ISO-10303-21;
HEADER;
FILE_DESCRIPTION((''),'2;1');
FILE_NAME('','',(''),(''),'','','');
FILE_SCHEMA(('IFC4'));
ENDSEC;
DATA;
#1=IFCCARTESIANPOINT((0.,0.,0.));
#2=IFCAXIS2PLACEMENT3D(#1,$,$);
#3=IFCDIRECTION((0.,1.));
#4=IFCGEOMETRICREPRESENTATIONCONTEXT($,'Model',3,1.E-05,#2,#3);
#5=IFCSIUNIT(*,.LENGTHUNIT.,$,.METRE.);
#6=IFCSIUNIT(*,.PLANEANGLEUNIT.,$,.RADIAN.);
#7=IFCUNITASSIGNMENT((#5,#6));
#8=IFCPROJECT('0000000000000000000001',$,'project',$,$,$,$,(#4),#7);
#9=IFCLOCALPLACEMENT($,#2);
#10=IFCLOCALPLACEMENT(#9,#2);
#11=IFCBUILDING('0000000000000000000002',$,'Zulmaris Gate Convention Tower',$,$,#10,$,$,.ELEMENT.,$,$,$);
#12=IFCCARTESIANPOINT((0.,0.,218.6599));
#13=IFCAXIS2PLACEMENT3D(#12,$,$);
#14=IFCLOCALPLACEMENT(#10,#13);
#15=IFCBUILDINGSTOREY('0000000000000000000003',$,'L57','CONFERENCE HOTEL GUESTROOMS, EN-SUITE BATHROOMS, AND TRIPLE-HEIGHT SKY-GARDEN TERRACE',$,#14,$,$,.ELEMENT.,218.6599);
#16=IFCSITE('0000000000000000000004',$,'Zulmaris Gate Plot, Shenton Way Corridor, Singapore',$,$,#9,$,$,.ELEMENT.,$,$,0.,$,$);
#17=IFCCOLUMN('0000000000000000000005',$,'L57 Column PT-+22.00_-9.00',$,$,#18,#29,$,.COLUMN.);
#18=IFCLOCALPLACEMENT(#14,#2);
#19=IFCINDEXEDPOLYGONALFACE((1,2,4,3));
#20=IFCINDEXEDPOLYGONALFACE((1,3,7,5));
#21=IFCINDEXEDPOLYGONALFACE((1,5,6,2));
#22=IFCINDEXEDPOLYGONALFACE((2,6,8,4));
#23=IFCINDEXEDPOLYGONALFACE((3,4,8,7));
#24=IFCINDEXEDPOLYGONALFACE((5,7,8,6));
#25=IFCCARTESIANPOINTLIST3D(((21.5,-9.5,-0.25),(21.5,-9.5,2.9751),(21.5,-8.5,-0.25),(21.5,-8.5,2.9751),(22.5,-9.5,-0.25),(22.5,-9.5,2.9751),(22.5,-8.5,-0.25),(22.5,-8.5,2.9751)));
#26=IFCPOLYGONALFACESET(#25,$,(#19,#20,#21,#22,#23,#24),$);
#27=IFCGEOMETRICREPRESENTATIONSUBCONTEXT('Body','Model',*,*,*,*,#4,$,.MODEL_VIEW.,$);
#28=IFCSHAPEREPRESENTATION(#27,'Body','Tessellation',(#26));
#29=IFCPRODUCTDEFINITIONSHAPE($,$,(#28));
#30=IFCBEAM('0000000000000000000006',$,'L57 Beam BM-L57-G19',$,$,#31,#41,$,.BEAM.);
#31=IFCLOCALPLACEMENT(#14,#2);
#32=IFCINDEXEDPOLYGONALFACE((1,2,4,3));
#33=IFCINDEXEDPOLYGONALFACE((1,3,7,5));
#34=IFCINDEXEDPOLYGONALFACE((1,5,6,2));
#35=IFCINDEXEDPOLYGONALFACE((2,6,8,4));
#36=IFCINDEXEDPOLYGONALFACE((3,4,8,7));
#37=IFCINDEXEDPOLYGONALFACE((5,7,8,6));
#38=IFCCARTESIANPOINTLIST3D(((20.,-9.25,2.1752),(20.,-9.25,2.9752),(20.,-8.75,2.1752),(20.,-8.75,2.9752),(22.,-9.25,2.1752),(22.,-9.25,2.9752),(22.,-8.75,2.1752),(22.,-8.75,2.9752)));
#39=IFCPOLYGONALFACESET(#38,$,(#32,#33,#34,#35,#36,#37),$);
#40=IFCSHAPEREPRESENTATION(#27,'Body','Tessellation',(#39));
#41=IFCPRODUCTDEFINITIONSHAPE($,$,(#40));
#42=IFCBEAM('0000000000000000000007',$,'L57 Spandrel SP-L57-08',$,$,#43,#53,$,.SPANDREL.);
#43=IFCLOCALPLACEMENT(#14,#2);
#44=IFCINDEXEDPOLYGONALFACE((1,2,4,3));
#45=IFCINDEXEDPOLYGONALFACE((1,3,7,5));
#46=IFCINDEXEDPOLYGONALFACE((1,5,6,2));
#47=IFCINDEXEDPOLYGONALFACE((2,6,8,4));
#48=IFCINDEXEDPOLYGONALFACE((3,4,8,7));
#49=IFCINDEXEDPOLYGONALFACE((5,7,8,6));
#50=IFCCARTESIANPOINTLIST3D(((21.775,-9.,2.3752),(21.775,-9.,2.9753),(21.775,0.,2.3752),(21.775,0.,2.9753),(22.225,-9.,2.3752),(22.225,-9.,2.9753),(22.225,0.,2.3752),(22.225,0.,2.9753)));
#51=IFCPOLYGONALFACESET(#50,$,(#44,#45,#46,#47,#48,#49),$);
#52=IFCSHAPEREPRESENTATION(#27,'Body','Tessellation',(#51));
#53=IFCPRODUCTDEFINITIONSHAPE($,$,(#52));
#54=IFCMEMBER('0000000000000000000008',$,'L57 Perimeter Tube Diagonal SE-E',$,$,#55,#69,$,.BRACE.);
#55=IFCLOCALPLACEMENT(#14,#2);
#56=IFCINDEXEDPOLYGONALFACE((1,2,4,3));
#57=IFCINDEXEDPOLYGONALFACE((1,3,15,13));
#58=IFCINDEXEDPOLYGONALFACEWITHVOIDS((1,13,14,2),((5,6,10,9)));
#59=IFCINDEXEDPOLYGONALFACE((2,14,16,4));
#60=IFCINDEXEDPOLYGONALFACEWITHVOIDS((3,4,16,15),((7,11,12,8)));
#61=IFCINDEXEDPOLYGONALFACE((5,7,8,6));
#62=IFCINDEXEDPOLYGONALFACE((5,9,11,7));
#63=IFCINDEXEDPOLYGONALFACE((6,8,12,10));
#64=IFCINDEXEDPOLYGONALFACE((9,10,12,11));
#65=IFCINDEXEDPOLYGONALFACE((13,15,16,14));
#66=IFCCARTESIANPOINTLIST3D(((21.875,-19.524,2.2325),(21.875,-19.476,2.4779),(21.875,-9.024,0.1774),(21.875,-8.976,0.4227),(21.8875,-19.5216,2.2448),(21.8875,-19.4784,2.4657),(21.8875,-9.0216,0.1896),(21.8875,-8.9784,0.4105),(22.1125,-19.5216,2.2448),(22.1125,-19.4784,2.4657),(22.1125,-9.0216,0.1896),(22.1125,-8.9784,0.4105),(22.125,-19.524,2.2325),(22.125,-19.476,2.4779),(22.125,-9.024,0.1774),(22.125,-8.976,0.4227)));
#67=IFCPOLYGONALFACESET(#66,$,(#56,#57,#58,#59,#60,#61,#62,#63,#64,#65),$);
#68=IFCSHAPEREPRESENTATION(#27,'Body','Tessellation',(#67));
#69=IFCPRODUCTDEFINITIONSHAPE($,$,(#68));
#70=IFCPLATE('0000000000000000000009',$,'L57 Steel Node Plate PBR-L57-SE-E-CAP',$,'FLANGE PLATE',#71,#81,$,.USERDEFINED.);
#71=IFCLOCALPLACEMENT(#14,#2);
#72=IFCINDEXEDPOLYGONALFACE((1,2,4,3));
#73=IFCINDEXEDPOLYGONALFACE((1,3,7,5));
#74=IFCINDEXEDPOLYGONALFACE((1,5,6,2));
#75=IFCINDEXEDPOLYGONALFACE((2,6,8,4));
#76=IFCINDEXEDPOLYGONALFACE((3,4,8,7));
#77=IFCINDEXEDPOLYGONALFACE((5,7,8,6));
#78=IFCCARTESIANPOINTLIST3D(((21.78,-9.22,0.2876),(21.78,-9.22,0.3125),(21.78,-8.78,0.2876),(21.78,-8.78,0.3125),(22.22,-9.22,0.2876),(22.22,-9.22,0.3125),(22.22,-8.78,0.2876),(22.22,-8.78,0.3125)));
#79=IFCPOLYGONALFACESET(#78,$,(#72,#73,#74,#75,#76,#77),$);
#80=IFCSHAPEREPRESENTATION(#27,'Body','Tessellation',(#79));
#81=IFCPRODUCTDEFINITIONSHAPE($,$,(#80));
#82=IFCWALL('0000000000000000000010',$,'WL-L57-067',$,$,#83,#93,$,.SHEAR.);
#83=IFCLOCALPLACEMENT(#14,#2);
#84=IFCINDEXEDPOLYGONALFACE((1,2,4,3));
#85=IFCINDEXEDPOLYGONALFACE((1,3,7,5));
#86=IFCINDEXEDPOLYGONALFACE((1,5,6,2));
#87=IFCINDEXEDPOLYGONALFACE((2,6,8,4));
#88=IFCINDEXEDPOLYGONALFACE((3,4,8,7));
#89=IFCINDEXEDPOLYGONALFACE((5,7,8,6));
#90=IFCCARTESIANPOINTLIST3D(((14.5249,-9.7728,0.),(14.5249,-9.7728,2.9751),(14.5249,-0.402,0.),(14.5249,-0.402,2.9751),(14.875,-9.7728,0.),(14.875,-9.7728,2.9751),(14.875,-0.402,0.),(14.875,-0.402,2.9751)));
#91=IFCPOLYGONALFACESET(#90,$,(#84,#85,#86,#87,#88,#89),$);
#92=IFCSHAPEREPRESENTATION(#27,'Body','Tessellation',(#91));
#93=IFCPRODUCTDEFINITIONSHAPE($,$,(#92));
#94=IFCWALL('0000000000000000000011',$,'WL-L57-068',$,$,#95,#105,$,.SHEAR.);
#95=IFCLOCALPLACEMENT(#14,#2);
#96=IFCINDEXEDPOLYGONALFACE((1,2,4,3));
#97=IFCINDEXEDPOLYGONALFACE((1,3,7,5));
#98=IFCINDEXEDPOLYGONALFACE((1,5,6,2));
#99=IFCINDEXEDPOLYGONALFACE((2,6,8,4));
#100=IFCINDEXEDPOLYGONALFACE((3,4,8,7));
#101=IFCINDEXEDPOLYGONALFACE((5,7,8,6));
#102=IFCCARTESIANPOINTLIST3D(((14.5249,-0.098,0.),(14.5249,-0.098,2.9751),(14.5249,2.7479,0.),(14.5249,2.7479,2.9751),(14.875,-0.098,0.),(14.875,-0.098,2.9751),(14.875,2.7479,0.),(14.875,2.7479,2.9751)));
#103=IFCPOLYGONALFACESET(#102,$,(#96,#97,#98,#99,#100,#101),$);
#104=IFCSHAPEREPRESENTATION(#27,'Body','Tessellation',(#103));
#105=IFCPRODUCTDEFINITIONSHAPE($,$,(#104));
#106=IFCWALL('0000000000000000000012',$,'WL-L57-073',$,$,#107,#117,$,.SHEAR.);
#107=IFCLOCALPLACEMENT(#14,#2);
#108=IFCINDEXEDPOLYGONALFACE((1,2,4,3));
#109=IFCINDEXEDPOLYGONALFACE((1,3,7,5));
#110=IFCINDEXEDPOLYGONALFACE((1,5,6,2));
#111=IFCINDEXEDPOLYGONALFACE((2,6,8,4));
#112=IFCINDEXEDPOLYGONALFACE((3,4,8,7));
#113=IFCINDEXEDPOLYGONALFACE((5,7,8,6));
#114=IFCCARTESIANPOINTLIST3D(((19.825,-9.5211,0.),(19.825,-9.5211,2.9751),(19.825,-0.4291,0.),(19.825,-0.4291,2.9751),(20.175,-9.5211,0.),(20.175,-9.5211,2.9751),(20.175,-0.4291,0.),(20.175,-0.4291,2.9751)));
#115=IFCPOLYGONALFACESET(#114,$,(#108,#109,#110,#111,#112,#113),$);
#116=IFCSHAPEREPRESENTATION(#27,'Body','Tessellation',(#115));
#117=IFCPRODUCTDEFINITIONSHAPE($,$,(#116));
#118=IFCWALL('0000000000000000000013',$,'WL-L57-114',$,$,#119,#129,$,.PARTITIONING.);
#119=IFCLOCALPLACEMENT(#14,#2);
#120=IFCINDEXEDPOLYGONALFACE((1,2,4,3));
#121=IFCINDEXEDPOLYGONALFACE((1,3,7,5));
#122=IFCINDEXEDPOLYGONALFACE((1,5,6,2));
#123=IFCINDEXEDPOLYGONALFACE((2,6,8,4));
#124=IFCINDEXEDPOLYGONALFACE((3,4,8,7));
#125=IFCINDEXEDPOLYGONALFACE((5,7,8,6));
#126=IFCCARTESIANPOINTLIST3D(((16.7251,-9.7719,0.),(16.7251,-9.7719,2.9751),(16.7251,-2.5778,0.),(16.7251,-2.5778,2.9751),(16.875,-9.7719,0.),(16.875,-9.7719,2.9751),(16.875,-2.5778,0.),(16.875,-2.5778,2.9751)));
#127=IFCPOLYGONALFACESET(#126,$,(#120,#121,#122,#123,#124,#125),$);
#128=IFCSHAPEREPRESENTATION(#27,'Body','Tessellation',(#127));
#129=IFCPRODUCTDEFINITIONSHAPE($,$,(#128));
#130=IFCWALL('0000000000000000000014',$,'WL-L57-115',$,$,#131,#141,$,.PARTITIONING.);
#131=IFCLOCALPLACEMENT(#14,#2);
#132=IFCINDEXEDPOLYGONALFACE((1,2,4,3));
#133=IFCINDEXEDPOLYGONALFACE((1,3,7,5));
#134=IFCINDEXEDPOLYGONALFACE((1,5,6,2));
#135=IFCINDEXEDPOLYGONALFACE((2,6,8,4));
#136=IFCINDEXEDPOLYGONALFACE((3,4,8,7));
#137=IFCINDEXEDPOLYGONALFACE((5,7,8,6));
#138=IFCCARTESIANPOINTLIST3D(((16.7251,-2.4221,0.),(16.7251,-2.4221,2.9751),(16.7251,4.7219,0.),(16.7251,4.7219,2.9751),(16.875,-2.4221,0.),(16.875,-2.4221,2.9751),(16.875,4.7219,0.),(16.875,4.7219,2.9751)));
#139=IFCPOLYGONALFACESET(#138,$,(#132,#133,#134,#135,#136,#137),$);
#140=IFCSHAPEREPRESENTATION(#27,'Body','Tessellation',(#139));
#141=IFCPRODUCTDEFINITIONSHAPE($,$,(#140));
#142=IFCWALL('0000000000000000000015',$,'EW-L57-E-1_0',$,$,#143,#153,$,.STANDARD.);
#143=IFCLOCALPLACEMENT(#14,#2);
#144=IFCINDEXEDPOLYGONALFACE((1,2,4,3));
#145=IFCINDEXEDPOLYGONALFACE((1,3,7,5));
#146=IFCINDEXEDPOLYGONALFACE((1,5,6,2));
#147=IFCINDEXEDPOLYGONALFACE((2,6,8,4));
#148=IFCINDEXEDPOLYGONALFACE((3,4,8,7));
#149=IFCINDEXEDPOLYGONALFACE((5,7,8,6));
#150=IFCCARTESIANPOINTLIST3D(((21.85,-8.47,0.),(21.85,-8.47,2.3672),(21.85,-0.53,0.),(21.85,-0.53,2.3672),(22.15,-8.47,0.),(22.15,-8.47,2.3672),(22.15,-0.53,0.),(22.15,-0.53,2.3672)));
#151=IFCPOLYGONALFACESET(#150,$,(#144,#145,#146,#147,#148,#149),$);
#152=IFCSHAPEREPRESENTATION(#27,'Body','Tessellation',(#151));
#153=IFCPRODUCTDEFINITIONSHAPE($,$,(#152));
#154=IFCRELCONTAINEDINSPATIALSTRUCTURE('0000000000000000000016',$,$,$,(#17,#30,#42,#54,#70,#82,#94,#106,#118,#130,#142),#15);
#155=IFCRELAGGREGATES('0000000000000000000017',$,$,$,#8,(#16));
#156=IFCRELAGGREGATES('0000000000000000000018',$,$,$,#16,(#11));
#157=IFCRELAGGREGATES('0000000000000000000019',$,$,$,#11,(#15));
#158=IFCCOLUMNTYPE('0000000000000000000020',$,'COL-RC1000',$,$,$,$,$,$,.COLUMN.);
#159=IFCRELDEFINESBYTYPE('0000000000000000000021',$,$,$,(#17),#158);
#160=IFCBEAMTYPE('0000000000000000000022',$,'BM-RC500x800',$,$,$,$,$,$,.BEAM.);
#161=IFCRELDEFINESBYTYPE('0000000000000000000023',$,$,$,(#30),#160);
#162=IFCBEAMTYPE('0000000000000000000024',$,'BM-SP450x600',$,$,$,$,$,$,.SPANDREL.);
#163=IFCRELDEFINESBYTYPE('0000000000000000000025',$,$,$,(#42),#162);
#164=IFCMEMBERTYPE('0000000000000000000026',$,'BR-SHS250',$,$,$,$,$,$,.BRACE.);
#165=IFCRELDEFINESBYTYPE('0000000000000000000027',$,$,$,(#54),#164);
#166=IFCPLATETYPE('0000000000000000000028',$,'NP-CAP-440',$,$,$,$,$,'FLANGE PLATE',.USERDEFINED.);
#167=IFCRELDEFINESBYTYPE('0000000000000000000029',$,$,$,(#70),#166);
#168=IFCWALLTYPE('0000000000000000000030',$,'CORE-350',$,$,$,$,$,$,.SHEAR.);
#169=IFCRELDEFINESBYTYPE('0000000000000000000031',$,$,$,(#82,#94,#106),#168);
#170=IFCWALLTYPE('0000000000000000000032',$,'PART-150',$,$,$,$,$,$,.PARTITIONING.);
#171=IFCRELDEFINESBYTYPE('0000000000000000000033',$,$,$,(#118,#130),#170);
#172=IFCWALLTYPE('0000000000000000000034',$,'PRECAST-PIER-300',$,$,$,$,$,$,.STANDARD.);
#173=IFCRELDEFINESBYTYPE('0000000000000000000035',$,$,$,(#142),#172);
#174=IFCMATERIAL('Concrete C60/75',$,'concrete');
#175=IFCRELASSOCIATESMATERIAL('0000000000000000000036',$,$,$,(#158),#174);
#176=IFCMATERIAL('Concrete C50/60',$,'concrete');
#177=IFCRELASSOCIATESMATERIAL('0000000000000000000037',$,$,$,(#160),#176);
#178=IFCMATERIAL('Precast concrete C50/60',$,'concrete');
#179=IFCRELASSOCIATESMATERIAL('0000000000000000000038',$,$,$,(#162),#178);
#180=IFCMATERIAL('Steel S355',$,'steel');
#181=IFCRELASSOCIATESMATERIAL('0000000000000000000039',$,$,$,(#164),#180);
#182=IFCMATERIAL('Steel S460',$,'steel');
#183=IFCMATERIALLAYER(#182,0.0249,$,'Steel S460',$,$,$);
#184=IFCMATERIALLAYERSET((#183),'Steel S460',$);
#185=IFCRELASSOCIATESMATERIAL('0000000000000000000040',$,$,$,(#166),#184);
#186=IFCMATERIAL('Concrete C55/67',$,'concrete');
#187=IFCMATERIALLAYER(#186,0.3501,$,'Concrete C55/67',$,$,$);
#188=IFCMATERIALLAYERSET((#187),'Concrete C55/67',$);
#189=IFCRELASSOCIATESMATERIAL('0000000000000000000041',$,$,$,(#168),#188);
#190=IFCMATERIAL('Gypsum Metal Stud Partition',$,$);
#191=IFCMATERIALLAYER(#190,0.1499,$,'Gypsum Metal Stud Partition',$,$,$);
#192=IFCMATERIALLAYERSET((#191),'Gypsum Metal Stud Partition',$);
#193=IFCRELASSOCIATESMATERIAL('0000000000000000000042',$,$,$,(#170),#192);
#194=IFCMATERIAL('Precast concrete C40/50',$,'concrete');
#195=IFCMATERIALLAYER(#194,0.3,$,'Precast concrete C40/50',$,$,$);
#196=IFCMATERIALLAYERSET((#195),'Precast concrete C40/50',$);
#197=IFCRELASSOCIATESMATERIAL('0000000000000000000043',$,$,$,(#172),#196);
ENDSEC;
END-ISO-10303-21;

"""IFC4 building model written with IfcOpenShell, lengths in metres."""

from ifc_helpers import new_model, si_unit, direction, frame, frame_2d, origin, origin_2d, place, context, subcontext, project, spatial, rectangle, hollow_rectangle, extrude, material, layer, layer_set, material_profile, profile_set, type_object, element, save


model = new_model("IFC4")

# Units and contexts
model_context = context("Model", 3, precision=1e-05, world=origin(), true_north=direction((0.0, 1.0)))
body_context = subcontext(model_context, "Body", "Model", "MODEL_VIEW")
ifc_project = project(units=[si_unit("LENGTHUNIT", "METRE"), si_unit("PLANEANGLEUNIT", "RADIAN")], contexts=[model_context])

# Site, building, storey
site_placement = place(None, origin())
site = spatial("IfcSite", under=ifc_project, at=site_placement, Name="Zulmaris Gate Plot, Shenton Way Corridor, Singapore", CompositionType="ELEMENT", RefElevation=0.0)
building_placement = place(site_placement, origin())
building = spatial("IfcBuilding", under=site, at=building_placement, Name="Zulmaris Gate Convention Tower", CompositionType="ELEMENT")
storey_placement = place(building_placement, frame((0.0, 0.0, 218.6599)))
storey = spatial("IfcBuildingStorey", under=building, at=storey_placement, Name="L57", Description="CONFERENCE HOTEL GUESTROOMS, EN-SUITE BATHROOMS, AND TRIPLE-HEIGHT SKY-GARDEN TERRACE", CompositionType="ELEMENT", Elevation=218.6599)

# Column
ifc_material_1 = material(Name="Concrete C60/75", Category="concrete")
ifc_material_profile_1 = material_profile(ifc_material_1, rectangle(XDim=1.0, YDim=1.0, at=origin_2d()), Name="RC COL 1000x1000")
ifc_profile_set_1 = profile_set([ifc_material_profile_1], Name="Concrete C60/75")
column_type = type_object("IfcColumnType", Name="COL-RC1000", PredefinedType="COLUMN", material=ifc_profile_set_1)
column_placement = place(storey_placement, frame((22.0, -9.0, -0.25), z_axis=(0.0, 0.0, 1.0), x_axis=(1.0, 0.0, 0.0)))
element("IfcColumn", 1, at=column_placement, inside=storey, type_object=column_type, Name="L57 Column PT-+22.00_-9.00", PredefinedType="COLUMN", context=body_context, shape_type="SweptSolid", body=[
    extrude(rectangle(XDim=1.0, YDim=1.0, at=origin_2d()), origin(), (0.0, 0.0, 1.0), 3.2251),
])

# Beams
ifc_material_2 = material(Name="Concrete C50/60", Category="concrete")
ifc_material_profile_2 = material_profile(ifc_material_2, rectangle(XDim=0.5, YDim=0.8, at=origin_2d()), Name="RC BEAM 500x800")
ifc_profile_set_2 = profile_set([ifc_material_profile_2], Name="Concrete C50/60")
beam_type_1 = type_object("IfcBeamType", Name="BM-RC500x800", PredefinedType="BEAM", material=ifc_profile_set_2)
beam_1_placement = place(storey_placement, frame((20.0, -9.0, 2.5752), z_axis=(1.0, 0.0, 0.0), x_axis=(0.0, 1.0, 0.0)))
element("IfcBeam", 2, at=beam_1_placement, inside=storey, type_object=beam_type_1, Name="L57 Beam BM-L57-G19", PredefinedType="BEAM", context=body_context, shape_type="SweptSolid", body=[
    extrude(rectangle(XDim=0.5, YDim=0.8, at=origin_2d()), origin(), (0.0, 0.0, 1.0), 2.0),
])
ifc_material_3 = material(Name="Precast concrete C50/60", Category="concrete")
ifc_material_profile_3 = material_profile(ifc_material_3, rectangle(XDim=0.45, YDim=0.6001, at=origin_2d()), Name="RC SPANDREL 450x600")
ifc_profile_set_3 = profile_set([ifc_material_profile_3], Name="Precast concrete C50/60")
beam_type_2 = type_object("IfcBeamType", Name="BM-SP450x600", PredefinedType="SPANDREL", material=ifc_profile_set_3)
beam_2_placement = place(storey_placement, frame((22.0, -9.0, 2.6753), z_axis=(0.0, 1.0, 0.0), x_axis=(-1.0, 0.0, 0.0)))
element("IfcBeam", 3, at=beam_2_placement, inside=storey, type_object=beam_type_2, Name="L57 Spandrel SP-L57-08", PredefinedType="SPANDREL", context=body_context, shape_type="SweptSolid", body=[
    extrude(rectangle(XDim=0.45, YDim=0.6001, at=origin_2d()), origin(), (0.0, 0.0, 1.0), 9.0),
])

# Member
ifc_material_4 = material(Name="Steel S355", Category="steel")
ifc_material_profile_4 = material_profile(ifc_material_4, hollow_rectangle(XDim=0.25, YDim=0.25, WallThickness=0.0125, at=origin_2d()), Name="SHS 250x250x12.5")
ifc_profile_set_4 = profile_set([ifc_material_profile_4], Name="Steel S355")
member_type = type_object("IfcMemberType", Name="BR-SHS250", PredefinedType="BRACE", material=ifc_profile_set_4)
member_placement = place(storey_placement, frame((22.0, -9.0, 0.3), z_axis=(0.0, -0.981378, 0.192086), x_axis=(1.0, 0.0, 0.0)))
element("IfcMember", 4, at=member_placement, inside=storey, type_object=member_type, Name="L57 Perimeter Tube Diagonal SE-E", PredefinedType="BRACE", context=body_context, shape_type="SweptSolid", body=[
    extrude(hollow_rectangle(XDim=0.25, YDim=0.25, WallThickness=0.0125, at=origin_2d()), origin(), (0.0, 0.0, 1.0), 10.6992),
])

# Plate
ifc_material_5 = material(Name="Steel S460", Category="steel")
ifc_layer_1 = layer(ifc_material_5, 0.0249, Name="Steel S460")
ifc_layer_set_1 = layer_set([ifc_layer_1], Name="Steel S460")
plate_type = type_object("IfcPlateType", Name="NP-CAP-440", ElementType="FLANGE PLATE", PredefinedType="USERDEFINED", material=ifc_layer_set_1)
plate_placement = place(storey_placement, frame((22.0, -9.0, 0.2876), z_axis=(0.0, 0.0, 1.0), x_axis=(1.0, 0.0, 0.0)))
element("IfcPlate", 5, at=plate_placement, inside=storey, type_object=plate_type, Name="L57 Steel Node Plate PBR-L57-SE-E-CAP", ObjectType="FLANGE PLATE", PredefinedType="USERDEFINED", context=body_context, shape_type="SweptSolid", body=[
    extrude(rectangle(XDim=0.4399, YDim=0.4399, at=origin_2d()), origin(), (0.0, 0.0, 1.0), 0.0249),
])

# Walls
ifc_material_6 = material(Name="Concrete C55/67", Category="concrete")
ifc_layer_2 = layer(ifc_material_6, 0.3501, Name="Concrete C55/67")
ifc_layer_set_2 = layer_set([ifc_layer_2], Name="Concrete C55/67")
wall_type_1 = type_object("IfcWallType", Name="CORE-350", PredefinedType="SHEAR", material=ifc_layer_set_2)
wall_1_placement = place(storey_placement, frame((14.7, -9.7729, 0.0), z_axis=(0.0, 0.0, 1.0), x_axis=(0.0, 1.0, 0.0)))
element("IfcWall", 6, at=wall_1_placement, inside=storey, type_object=wall_type_1, Name="WL-L57-067", PredefinedType="SHEAR", context=body_context, shape_type="SweptSolid", body=[
    extrude(rectangle(XDim=9.3708, YDim=0.3501, at=frame_2d((4.6855, 0.0))), origin(), (0.0, 0.0, 1.0), 2.9751),
])
wall_2_placement = place(storey_placement, frame((14.7, -0.0979, 0.0), z_axis=(0.0, 0.0, 1.0), x_axis=(0.0, 1.0, 0.0)))
element("IfcWall", 7, at=wall_2_placement, inside=storey, type_object=wall_type_1, Name="WL-L57-068", PredefinedType="SHEAR", context=body_context, shape_type="SweptSolid", body=[
    extrude(rectangle(XDim=2.8459, YDim=0.3501, at=frame_2d((1.4229, 0.0))), origin(), (0.0, 0.0, 1.0), 2.9751),
])
wall_3_placement = place(storey_placement, frame((20.0, -9.521, 0.0), z_axis=(0.0, 0.0, 1.0), x_axis=(0.0, 1.0, 0.0)))
element("IfcWall", 8, at=wall_3_placement, inside=storey, type_object=wall_type_1, Name="WL-L57-073", PredefinedType="SHEAR", context=body_context, shape_type="SweptSolid", body=[
    extrude(rectangle(XDim=9.092, YDim=0.3501, at=frame_2d((4.5459, 0.0))), origin(), (0.0, 0.0, 1.0), 2.9751),
])

# Shared definitions
ifc_material_7 = material(Name="Gypsum Metal Stud Partition")
ifc_layer_3 = layer(ifc_material_7, 0.1499, Name="Gypsum Metal Stud Partition")
ifc_layer_set_3 = layer_set([ifc_layer_3], Name="Gypsum Metal Stud Partition")
wall_type_2 = type_object("IfcWallType", Name="PART-150", PredefinedType="PARTITIONING", material=ifc_layer_set_3)

# Walls
wall_4_placement = place(storey_placement, frame((16.8, -9.772, 0.0), z_axis=(0.0, 0.0, 1.0), x_axis=(0.0, 1.0, 0.0)))
element("IfcWall", 9, at=wall_4_placement, inside=storey, type_object=wall_type_2, Name="WL-L57-114", PredefinedType="PARTITIONING", context=body_context, shape_type="SweptSolid", body=[
    extrude(rectangle(XDim=7.1941, YDim=0.1499, at=frame_2d((3.5972, 0.0))), origin(), (0.0, 0.0, 1.0), 2.9751),
])
wall_5_placement = place(storey_placement, frame((16.8, -2.4221, 0.0), z_axis=(0.0, 0.0, 1.0), x_axis=(0.0, 1.0, 0.0)))
element("IfcWall", 10, at=wall_5_placement, inside=storey, type_object=wall_type_2, Name="WL-L57-115", PredefinedType="PARTITIONING", context=body_context, shape_type="SweptSolid", body=[
    extrude(rectangle(XDim=7.144, YDim=0.1499, at=frame_2d((3.572, 0.0))), origin(), (0.0, 0.0, 1.0), 2.9751),
])
ifc_material_8 = material(Name="Precast concrete C40/50", Category="concrete")
ifc_layer_4 = layer(ifc_material_8, 0.3, Name="Precast concrete C40/50")
ifc_layer_set_4 = layer_set([ifc_layer_4], Name="Precast concrete C40/50")
wall_type_3 = type_object("IfcWallType", Name="PRECAST-PIER-300", PredefinedType="STANDARD", material=ifc_layer_set_4)
wall_6_placement = place(storey_placement, frame((22.0, -8.47, 0.0), z_axis=(0.0, 0.0, 1.0), x_axis=(0.0, 1.0, 0.0)))
element("IfcWall", 11, at=wall_6_placement, inside=storey, type_object=wall_type_3, Name="EW-L57-E-1_0", PredefinedType="STANDARD", context=body_context, shape_type="SweptSolid", body=[
    extrude(rectangle(XDim=7.9399, YDim=0.3, at=frame_2d((3.97, 0.0))), origin(), (0.0, 0.0, 1.0), 2.3672),
])

save(model, "model.ifc")
